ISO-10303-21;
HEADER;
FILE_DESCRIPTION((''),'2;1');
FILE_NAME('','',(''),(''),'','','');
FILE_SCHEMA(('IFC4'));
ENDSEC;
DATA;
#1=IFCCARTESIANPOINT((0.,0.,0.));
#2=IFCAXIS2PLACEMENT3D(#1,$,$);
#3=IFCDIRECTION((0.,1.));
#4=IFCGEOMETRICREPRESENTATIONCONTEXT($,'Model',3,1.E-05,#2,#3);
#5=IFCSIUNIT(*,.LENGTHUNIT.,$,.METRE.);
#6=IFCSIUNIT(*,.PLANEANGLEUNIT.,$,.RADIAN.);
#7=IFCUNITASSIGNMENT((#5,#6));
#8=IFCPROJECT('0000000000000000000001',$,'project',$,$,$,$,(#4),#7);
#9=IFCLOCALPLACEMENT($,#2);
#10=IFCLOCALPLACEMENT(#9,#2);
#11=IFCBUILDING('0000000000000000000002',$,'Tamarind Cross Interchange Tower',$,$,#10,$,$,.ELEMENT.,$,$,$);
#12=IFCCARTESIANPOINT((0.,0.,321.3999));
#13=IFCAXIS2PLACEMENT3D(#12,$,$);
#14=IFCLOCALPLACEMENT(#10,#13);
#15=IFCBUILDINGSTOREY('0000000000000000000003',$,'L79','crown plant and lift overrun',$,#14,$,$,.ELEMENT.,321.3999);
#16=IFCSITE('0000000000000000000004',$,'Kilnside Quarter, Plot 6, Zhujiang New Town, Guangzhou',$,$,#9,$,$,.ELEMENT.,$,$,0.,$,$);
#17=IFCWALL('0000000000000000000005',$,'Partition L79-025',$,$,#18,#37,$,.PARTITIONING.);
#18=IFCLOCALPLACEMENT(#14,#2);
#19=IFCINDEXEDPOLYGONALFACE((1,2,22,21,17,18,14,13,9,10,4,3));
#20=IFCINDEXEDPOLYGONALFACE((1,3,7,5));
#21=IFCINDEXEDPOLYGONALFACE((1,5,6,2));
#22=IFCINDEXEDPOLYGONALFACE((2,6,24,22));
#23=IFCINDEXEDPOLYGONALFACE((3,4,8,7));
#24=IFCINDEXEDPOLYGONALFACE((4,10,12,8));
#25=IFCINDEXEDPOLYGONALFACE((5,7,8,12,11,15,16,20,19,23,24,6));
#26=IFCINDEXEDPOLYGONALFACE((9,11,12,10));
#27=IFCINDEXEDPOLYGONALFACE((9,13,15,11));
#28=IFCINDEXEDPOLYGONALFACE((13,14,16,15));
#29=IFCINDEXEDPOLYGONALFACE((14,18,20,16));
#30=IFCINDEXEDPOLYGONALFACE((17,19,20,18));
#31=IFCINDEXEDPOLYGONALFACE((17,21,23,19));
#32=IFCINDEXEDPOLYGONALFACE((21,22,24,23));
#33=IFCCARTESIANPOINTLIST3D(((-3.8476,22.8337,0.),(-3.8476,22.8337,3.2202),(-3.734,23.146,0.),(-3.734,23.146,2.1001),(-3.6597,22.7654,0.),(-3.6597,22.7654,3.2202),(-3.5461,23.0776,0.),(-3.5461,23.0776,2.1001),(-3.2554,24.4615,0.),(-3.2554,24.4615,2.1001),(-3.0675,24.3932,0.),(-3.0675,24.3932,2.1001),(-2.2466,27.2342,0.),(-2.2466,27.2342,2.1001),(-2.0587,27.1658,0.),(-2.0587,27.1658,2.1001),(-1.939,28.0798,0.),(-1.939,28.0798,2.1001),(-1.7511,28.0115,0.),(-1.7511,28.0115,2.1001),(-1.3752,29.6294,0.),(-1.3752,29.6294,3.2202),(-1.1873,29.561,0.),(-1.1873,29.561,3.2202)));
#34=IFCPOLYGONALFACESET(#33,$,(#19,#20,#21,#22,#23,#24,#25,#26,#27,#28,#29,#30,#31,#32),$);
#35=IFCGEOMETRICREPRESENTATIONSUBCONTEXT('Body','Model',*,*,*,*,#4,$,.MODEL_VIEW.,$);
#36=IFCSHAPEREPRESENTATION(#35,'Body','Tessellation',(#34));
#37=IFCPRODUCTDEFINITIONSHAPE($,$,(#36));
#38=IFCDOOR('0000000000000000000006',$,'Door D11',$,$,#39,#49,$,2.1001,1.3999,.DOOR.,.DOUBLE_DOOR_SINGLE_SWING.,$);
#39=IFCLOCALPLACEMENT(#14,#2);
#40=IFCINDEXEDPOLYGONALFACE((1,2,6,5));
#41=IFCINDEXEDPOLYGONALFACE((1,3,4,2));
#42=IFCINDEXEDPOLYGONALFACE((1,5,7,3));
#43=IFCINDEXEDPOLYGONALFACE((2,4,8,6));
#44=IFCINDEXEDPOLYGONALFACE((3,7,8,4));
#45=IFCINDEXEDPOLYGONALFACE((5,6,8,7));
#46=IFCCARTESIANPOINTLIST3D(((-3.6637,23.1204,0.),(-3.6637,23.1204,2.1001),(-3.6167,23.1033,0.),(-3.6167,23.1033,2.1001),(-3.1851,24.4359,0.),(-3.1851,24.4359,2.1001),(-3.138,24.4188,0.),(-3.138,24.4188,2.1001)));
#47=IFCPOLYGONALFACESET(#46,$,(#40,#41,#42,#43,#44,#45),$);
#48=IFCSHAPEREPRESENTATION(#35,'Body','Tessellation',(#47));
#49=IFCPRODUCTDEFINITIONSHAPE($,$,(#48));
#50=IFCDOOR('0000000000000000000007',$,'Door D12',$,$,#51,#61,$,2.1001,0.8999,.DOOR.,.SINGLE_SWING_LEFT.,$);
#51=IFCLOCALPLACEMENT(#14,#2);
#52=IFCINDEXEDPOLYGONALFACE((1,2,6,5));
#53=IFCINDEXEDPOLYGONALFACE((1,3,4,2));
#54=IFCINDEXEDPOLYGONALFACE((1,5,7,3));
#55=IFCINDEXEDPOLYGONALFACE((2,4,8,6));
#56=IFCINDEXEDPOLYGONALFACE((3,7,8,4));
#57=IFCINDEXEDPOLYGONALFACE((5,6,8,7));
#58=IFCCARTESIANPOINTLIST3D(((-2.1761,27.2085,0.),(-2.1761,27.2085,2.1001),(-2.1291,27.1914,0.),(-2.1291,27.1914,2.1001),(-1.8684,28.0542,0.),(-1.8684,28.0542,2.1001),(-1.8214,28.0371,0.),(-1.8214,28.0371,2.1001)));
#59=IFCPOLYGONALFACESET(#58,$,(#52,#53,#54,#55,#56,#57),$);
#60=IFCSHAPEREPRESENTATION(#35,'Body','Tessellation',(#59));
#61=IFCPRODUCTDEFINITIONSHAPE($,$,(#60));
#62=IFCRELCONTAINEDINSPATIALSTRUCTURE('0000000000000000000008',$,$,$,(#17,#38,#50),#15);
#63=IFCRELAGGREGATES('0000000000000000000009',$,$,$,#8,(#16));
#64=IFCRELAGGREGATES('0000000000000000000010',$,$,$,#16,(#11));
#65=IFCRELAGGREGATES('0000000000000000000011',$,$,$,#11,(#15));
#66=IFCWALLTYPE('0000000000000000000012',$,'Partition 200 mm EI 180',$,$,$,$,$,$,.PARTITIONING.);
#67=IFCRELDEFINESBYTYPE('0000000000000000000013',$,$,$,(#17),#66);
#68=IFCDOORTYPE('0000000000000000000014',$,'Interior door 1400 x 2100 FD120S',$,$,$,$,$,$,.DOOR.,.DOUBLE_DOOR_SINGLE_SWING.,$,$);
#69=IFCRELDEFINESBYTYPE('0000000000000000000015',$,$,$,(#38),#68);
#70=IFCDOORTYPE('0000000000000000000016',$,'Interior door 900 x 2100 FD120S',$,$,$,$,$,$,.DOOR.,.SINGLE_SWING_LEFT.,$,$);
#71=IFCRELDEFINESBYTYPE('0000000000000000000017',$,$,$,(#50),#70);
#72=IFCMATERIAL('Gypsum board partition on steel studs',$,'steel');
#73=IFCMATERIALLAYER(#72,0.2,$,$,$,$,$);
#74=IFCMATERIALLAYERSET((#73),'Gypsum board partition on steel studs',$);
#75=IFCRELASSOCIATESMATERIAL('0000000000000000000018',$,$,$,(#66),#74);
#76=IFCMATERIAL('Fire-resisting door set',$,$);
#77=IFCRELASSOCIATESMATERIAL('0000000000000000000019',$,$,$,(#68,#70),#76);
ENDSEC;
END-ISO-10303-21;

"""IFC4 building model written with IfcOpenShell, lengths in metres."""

from ifc_helpers import new_model, si_unit, direction, frame, frame_2d, origin, place, context, subcontext, project, spatial, rectangle, extrude, material, layer, layer_set, type_object, element, fill, save


model = new_model("IFC4")

# Units and contexts
model_context = context("Model", 3, precision=1e-05, world=origin(), true_north=direction((0.0, 1.0)))
body_context = subcontext(model_context, "Body", "Model", "MODEL_VIEW")
ifc_project = project(units=[si_unit("LENGTHUNIT", "METRE"), si_unit("PLANEANGLEUNIT", "RADIAN")], contexts=[model_context])

# Site, building, storey
site_placement = place(None, origin())
site = spatial("IfcSite", under=ifc_project, at=site_placement, Name="Kilnside Quarter, Plot 6, Zhujiang New Town, Guangzhou", CompositionType="ELEMENT", RefElevation=0.0)
building_placement = place(site_placement, origin())
building = spatial("IfcBuilding", under=site, at=building_placement, Name="Tamarind Cross Interchange Tower", CompositionType="ELEMENT")
storey_placement = place(building_placement, frame((0.0, 0.0, 321.3999)))
storey = spatial("IfcBuildingStorey", under=building, at=storey_placement, Name="L79", Description="crown plant and lift overrun", CompositionType="ELEMENT", Elevation=321.3999)

# Shared definitions
ifc_material_1 = material(Name="Gypsum board partition on steel studs", Category="steel")

# Shared definitions
ifc_material_2 = material(Name="Fire-resisting door set")

# Shared definitions
ifc_layer_1 = layer(ifc_material_1, 0.2)
ifc_layer_set_1 = layer_set([ifc_layer_1], Name="Gypsum board partition on steel studs")
wall_type_1 = type_object("IfcWallType", Name="Partition 200 mm EI 180", PredefinedType="PARTITIONING", material=ifc_layer_set_1)

# Shared definitions
door_type_1 = type_object("IfcDoorType", Name="Interior door 1400 x 2100 FD120S", OperationType="DOUBLE_DOOR_SINGLE_SWING", PredefinedType="DOOR", material=ifc_material_2)

# Wall, openings, doors
wall_1_placement = place(storey_placement, frame((-3.7537, 22.7996, 0.0), z_axis=(0.0, 0.0, 1.0), x_axis=(0.341898, 0.939737, 0.0)))
wall_1 = element("IfcWall", 1, at=wall_1_placement, inside=storey, type_object=wall_type_1, Name="Partition L79-025", PredefinedType="PARTITIONING", context=body_context, shape_type="SweptSolid", body=[
    extrude(rectangle(XDim=7.2314, YDim=0.2, at=frame_2d((3.6157, 0.0))), origin(), (0.0, 0.0, 1.0), 3.2202),
])
opening_1_placement = place(wall_1_placement, frame((0.3323, 0.0, 0.0)))
opening_1 = element("IfcOpeningElement", 2, at=opening_1_placement, cuts=wall_1, PredefinedType="OPENING", context=body_context, shape_type="SweptSolid", body=[
    extrude(rectangle(XDim=1.3999, YDim=2.1001, at=frame_2d((0.7, 1.05))), frame((0.0, 0.1099, 0.0), z_axis=(0.0, -1.0, 0.0), x_axis=(1.0, 0.0, 0.0)), (0.0, 0.0, 1.0), 0.22),
])
opening_2_placement = place(wall_1_placement, frame((4.6826, 0.0, 0.0)))
opening_2 = element("IfcOpeningElement", 3, at=opening_2_placement, cuts=wall_1, PredefinedType="OPENING", context=body_context, shape_type="SweptSolid", body=[
    extrude(rectangle(XDim=0.8999, YDim=2.1001, at=frame_2d((0.45, 1.05))), frame((0.0, 0.1099, 0.0), z_axis=(0.0, -1.0, 0.0), x_axis=(1.0, 0.0, 0.0)), (0.0, 0.0, 1.0), 0.22),
])
door_1_placement = place(opening_1_placement, frame((1.3999, 0.0, 0.0), z_axis=(0.0, 0.0, 1.0), x_axis=(-1.0, 0.0, 0.0)))
door_1 = element("IfcDoor", 4, at=door_1_placement, inside=storey, type_object=door_type_1, Name="Door D11", OperationType="DOUBLE_DOOR_SINGLE_SWING", OverallHeight=2.1001, OverallWidth=1.3999, PredefinedType="DOOR", context=body_context, shape_type="SweptSolid", body=[
    extrude(rectangle(XDim=1.3999, YDim=2.1001, at=frame_2d((0.7, 1.05))), frame((0.0, 0.0249, 0.0), z_axis=(0.0, -1.0, 0.0), x_axis=(1.0, 0.0, 0.0)), (0.0, 0.0, 1.0), 0.05),
])
fill(opening_1, door_1)
door_type_2 = type_object("IfcDoorType", Name="Interior door 900 x 2100 FD120S", OperationType="SINGLE_SWING_LEFT", PredefinedType="DOOR", material=ifc_material_2)
door_2_placement = place(opening_2_placement, origin())
door_2 = element("IfcDoor", 5, at=door_2_placement, inside=storey, type_object=door_type_2, Name="Door D12", OperationType="SINGLE_SWING_LEFT", OverallHeight=2.1001, OverallWidth=0.8999, PredefinedType="DOOR", context=body_context, shape_type="SweptSolid", body=[
    extrude(rectangle(XDim=0.8999, YDim=2.1001, at=frame_2d((0.45, 1.05))), frame((0.0, 0.0249, 0.0), z_axis=(0.0, -1.0, 0.0), x_axis=(1.0, 0.0, 0.0)), (0.0, 0.0, 1.0), 0.05),
])
fill(opening_2, door_2)

save(model, "model.ifc")
